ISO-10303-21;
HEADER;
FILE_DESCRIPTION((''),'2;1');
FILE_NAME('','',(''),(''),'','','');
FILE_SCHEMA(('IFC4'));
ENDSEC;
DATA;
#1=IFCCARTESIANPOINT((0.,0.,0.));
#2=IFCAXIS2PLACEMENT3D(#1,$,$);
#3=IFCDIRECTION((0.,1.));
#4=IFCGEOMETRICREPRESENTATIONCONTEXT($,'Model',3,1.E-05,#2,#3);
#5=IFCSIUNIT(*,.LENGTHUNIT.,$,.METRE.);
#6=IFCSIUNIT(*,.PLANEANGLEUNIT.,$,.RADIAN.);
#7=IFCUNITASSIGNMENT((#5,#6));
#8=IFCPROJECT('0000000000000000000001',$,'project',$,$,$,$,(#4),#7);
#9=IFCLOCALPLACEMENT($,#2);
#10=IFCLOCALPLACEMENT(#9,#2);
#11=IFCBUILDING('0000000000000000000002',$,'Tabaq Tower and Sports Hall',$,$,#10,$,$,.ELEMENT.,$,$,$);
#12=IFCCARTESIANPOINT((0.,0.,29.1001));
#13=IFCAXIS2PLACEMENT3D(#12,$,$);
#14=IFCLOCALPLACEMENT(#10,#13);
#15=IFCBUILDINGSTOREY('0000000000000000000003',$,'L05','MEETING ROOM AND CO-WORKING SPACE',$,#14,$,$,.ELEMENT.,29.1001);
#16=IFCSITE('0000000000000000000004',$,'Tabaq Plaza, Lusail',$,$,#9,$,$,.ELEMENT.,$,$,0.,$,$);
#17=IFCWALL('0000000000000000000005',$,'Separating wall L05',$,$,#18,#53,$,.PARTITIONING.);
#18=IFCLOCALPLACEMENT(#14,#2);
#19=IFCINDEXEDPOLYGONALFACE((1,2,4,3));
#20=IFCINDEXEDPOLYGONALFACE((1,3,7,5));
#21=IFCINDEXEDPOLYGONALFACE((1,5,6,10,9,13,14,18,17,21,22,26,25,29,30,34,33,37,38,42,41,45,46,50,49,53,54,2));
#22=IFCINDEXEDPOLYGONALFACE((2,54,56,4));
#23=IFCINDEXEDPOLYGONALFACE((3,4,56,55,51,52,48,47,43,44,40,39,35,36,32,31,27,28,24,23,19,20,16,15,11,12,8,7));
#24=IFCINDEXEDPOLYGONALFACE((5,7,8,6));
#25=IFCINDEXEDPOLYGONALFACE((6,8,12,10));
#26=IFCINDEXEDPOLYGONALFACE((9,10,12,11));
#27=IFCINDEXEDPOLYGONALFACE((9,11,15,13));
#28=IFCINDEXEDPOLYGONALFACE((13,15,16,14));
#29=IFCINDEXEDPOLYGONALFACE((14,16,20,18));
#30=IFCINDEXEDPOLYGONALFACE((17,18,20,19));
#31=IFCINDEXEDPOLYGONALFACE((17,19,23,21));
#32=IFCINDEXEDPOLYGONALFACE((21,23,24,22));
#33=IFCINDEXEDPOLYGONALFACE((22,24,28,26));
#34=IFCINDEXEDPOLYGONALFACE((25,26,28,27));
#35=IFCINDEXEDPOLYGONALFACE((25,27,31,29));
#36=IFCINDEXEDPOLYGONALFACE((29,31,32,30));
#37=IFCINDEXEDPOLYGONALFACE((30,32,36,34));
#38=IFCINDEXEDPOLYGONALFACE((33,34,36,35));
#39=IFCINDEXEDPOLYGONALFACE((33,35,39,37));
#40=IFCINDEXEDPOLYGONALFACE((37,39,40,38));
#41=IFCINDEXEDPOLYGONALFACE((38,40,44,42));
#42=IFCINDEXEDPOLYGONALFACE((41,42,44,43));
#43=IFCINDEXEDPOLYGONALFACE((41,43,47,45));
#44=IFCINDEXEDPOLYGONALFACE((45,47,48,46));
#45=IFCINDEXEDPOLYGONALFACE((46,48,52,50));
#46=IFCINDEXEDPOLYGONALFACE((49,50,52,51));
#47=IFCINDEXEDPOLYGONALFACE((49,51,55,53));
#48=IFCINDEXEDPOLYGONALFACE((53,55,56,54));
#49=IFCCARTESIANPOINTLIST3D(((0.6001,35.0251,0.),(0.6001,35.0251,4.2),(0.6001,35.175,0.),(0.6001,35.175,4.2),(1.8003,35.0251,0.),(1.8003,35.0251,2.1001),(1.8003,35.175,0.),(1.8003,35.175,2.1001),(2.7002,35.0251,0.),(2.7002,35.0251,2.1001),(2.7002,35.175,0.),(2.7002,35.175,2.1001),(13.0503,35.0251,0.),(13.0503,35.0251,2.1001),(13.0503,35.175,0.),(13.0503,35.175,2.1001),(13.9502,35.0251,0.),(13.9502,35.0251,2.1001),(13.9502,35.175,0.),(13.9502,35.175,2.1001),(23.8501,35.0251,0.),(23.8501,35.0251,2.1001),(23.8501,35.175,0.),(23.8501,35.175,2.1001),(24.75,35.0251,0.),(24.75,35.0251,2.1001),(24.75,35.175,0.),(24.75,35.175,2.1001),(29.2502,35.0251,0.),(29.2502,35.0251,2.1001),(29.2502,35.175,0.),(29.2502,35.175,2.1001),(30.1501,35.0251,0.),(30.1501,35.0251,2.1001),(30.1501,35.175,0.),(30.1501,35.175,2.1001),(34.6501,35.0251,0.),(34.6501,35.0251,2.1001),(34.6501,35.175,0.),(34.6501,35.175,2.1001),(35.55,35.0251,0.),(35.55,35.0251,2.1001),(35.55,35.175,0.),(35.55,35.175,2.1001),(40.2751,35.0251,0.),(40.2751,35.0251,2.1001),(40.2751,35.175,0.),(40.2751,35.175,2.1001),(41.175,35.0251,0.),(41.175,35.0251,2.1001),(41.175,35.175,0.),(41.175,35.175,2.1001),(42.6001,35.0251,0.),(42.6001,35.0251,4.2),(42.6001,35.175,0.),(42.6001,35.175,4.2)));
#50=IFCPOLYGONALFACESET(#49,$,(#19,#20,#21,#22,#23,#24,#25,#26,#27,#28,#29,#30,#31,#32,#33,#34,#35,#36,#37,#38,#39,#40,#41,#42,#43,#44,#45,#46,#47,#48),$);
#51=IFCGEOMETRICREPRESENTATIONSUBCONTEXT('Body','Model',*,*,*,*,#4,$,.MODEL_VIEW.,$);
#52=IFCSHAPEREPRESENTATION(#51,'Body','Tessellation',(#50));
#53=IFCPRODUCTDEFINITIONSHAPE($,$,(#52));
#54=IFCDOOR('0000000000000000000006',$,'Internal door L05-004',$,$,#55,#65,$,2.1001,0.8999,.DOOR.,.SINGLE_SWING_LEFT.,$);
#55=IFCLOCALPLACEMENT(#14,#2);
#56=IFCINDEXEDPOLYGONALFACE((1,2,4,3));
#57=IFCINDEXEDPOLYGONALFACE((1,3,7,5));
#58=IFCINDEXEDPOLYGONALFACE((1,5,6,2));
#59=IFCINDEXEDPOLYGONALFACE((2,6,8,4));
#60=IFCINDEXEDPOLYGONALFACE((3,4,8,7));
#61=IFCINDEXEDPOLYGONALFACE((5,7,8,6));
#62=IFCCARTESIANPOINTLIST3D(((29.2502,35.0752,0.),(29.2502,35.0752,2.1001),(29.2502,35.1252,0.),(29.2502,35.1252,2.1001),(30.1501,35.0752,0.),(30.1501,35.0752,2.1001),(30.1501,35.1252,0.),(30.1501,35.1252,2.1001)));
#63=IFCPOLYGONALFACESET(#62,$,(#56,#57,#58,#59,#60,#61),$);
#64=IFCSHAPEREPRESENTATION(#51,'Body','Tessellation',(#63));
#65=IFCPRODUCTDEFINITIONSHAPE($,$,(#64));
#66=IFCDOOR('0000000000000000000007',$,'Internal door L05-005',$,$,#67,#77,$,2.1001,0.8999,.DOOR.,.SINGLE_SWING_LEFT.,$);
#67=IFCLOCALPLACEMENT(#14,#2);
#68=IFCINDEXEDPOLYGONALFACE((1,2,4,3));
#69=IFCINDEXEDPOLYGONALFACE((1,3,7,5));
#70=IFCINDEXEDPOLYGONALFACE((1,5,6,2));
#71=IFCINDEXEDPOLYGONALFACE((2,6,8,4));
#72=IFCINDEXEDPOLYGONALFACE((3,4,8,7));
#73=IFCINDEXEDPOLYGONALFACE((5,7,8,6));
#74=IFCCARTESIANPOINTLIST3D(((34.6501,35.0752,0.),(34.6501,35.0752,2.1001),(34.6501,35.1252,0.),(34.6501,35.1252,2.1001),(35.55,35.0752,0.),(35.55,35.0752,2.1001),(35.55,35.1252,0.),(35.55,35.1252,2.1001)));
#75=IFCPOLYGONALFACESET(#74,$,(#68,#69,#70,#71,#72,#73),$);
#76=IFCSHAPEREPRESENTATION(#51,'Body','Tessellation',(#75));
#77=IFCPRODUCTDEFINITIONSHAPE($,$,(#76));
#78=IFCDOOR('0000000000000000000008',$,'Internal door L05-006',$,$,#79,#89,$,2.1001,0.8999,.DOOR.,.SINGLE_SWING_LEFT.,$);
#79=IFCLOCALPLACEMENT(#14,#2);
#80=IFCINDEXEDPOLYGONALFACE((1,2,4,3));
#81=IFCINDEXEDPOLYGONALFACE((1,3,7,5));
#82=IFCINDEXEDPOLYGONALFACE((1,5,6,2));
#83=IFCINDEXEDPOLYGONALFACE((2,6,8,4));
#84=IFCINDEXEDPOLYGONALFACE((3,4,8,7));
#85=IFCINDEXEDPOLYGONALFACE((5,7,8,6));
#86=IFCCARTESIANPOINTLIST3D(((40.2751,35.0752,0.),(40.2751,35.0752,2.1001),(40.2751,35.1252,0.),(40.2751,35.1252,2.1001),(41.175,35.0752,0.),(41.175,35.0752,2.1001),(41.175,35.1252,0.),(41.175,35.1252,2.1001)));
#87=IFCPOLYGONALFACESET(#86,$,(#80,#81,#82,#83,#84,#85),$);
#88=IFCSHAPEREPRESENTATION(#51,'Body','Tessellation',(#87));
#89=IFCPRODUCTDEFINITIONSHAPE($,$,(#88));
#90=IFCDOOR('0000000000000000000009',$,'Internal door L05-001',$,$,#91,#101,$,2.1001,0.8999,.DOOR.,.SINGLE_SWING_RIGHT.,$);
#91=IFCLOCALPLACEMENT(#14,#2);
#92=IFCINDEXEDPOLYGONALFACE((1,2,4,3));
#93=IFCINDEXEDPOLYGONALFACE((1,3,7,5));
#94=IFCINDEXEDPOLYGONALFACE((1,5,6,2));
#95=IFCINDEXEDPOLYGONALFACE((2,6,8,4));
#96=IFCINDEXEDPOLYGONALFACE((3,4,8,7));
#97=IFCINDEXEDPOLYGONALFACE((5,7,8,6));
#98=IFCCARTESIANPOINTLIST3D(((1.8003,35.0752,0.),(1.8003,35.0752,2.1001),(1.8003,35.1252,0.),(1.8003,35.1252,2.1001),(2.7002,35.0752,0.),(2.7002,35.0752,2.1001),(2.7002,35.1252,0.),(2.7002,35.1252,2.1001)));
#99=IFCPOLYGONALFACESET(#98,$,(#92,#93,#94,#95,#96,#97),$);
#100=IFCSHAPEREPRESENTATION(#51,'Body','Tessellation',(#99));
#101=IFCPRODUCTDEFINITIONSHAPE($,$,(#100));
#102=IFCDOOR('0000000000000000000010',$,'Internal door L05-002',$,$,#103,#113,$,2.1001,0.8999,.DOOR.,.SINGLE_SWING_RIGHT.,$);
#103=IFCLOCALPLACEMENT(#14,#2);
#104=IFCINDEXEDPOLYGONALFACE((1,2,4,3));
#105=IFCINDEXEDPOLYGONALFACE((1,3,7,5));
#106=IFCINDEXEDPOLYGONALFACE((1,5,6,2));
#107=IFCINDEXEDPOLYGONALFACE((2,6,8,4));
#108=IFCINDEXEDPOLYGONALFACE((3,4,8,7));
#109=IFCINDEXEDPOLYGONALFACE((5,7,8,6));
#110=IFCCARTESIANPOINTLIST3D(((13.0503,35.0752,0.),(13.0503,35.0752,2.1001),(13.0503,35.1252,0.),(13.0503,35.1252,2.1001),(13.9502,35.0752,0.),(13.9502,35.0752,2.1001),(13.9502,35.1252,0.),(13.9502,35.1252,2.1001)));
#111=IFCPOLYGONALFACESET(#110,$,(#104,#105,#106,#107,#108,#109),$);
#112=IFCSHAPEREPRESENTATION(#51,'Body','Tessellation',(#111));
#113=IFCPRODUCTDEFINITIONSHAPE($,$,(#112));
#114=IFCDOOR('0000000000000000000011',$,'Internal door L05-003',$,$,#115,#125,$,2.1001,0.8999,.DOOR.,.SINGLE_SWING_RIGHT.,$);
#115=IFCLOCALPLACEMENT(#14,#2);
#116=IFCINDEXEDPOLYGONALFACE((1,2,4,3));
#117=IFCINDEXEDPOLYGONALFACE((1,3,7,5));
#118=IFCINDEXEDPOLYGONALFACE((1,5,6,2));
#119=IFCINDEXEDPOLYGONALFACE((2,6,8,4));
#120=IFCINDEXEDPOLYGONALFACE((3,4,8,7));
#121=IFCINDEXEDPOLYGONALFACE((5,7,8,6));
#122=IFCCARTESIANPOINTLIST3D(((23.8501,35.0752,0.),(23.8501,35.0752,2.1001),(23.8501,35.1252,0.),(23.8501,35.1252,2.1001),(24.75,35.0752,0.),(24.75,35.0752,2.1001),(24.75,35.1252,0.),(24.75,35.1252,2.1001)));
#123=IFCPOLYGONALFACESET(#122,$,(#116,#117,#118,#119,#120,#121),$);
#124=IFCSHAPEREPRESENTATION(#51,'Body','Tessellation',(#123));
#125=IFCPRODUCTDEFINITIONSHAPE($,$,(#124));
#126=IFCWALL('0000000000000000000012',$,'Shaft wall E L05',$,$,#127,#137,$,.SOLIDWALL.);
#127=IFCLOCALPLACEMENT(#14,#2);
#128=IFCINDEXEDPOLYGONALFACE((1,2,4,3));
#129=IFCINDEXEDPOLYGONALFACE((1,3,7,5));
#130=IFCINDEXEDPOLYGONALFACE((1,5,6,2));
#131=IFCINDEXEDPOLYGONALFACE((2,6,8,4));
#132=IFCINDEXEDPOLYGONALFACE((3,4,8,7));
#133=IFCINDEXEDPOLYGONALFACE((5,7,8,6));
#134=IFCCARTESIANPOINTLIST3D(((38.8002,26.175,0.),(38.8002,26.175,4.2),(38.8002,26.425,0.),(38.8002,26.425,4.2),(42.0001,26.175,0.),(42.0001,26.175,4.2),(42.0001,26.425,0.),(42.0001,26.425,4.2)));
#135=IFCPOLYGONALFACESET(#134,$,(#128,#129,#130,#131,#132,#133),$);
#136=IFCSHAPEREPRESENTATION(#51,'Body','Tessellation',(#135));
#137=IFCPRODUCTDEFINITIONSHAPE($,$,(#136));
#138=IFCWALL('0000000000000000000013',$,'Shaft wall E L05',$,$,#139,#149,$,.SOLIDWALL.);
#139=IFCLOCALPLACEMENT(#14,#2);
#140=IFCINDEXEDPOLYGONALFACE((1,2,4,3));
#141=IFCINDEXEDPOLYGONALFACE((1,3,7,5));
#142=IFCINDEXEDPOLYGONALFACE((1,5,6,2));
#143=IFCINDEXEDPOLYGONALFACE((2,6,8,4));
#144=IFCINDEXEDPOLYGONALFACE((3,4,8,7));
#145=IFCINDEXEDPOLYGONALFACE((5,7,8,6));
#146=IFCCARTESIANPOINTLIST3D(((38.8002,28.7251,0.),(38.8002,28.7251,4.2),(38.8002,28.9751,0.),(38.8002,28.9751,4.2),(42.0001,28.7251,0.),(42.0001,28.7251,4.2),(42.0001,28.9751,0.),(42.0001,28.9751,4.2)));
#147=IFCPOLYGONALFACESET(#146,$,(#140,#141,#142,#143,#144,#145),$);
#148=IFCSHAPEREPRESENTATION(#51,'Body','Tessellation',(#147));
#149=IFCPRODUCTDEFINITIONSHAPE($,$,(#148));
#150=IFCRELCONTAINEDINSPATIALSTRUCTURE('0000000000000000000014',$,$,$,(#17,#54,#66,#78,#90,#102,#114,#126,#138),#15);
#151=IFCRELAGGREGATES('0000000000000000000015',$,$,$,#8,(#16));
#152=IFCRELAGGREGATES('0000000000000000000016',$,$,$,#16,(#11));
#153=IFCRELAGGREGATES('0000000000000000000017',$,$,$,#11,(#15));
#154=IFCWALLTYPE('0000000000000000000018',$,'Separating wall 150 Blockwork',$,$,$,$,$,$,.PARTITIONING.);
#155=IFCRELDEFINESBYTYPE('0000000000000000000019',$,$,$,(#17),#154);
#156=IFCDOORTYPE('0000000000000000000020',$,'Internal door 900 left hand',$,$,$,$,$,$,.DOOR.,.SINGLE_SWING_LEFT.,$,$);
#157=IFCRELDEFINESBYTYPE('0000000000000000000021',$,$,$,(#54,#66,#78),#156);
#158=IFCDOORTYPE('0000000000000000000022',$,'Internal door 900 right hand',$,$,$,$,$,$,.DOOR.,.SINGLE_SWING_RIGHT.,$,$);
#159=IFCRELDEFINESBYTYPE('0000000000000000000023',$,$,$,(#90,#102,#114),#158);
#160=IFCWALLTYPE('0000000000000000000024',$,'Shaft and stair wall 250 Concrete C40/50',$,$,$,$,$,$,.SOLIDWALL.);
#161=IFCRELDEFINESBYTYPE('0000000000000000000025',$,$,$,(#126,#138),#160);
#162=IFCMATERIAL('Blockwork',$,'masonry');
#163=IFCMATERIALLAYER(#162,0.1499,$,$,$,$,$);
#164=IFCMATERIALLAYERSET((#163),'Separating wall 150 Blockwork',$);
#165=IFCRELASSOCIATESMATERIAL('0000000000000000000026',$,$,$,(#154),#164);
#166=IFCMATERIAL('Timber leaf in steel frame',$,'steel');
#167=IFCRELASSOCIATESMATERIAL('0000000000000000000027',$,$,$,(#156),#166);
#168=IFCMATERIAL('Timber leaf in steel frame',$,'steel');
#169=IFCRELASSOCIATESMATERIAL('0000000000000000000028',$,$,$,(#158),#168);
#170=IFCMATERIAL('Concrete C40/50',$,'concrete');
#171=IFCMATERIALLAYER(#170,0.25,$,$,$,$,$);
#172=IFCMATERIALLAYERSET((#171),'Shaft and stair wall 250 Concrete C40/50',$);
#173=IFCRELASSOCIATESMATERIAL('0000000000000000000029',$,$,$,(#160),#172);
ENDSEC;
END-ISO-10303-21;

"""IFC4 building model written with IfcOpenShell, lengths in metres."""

from ifc_helpers import new_model, si_unit, direction, frame, frame_2d, origin, place, context, subcontext, project, spatial, rectangle, extrude, material, layer, layer_set, type_object, element, fill, save


model = new_model("IFC4")

# Units and contexts
model_context = context("Model", 3, precision=1e-05, world=origin(), true_north=direction((0.0, 1.0)))
body_context = subcontext(model_context, "Body", "Model", "MODEL_VIEW")
ifc_project = project(units=[si_unit("LENGTHUNIT", "METRE"), si_unit("PLANEANGLEUNIT", "RADIAN")], contexts=[model_context])

# Site, building, storey
site_placement = place(None, origin())
site = spatial("IfcSite", under=ifc_project, at=site_placement, Name="Tabaq Plaza, Lusail", CompositionType="ELEMENT", RefElevation=0.0)
building_placement = place(site_placement, origin())
building = spatial("IfcBuilding", under=site, at=building_placement, Name="Tabaq Tower and Sports Hall", CompositionType="ELEMENT")
storey_placement = place(building_placement, frame((0.0, 0.0, 29.1001)))
storey = spatial("IfcBuildingStorey", under=building, at=storey_placement, Name="L05", Description="MEETING ROOM AND CO-WORKING SPACE", CompositionType="ELEMENT", Elevation=29.1001)

# Wall, openings, doors
ifc_material_1 = material(Name="Blockwork", Category="masonry")
ifc_layer_1 = layer(ifc_material_1, 0.1499)
ifc_layer_set_1 = layer_set([ifc_layer_1], Name="Separating wall 150 Blockwork")
wall_type_1 = type_object("IfcWallType", Name="Separating wall 150 Blockwork", PredefinedType="PARTITIONING", material=ifc_layer_set_1)
wall_1_placement = place(storey_placement, frame((42.6001, 35.1001, 0.0), z_axis=(0.0, 0.0, 1.0), x_axis=(-1.0, 0.0, 0.0)))
wall_1 = element("IfcWall", 1, at=wall_1_placement, inside=storey, type_object=wall_type_1, Name="Separating wall L05", PredefinedType="PARTITIONING", context=body_context, shape_type="SweptSolid", body=[
    extrude(rectangle(XDim=42.0, YDim=0.1499, at=frame_2d((21.0, 0.0))), origin(), (0.0, 0.0, 1.0), 4.2),
])
opening_1_placement = place(wall_1_placement, frame((39.8999, 0.0, 0.0)))
opening_1 = element("IfcOpeningElement", 2, at=opening_1_placement, cuts=wall_1, PredefinedType="OPENING", context=body_context, shape_type="SweptSolid", body=[
    extrude(rectangle(XDim=0.8999, YDim=2.1001, at=frame_2d((0.45, 1.05))), frame((0.0, 0.075, 0.0), z_axis=(0.0, -1.0, 0.0), x_axis=(1.0, 0.0, 0.0)), (0.0, 0.0, 1.0), 0.1499),
])
opening_2_placement = place(wall_1_placement, frame((28.6499, 0.0, 0.0)))
opening_2 = element("IfcOpeningElement", 3, at=opening_2_placement, cuts=wall_1, PredefinedType="OPENING", context=body_context, shape_type="SweptSolid", body=[
    extrude(rectangle(XDim=0.8999, YDim=2.1001, at=frame_2d((0.45, 1.05))), frame((0.0, 0.075, 0.0), z_axis=(0.0, -1.0, 0.0), x_axis=(1.0, 0.0, 0.0)), (0.0, 0.0, 1.0), 0.1499),
])
opening_3_placement = place(wall_1_placement, frame((17.8501, 0.0, 0.0)))
opening_3 = element("IfcOpeningElement", 4, at=opening_3_placement, cuts=wall_1, PredefinedType="OPENING", context=body_context, shape_type="SweptSolid", body=[
    extrude(rectangle(XDim=0.8999, YDim=2.1001, at=frame_2d((0.45, 1.05))), frame((0.0, 0.075, 0.0), z_axis=(0.0, -1.0, 0.0), x_axis=(1.0, 0.0, 0.0)), (0.0, 0.0, 1.0), 0.1499),
])
opening_4_placement = place(wall_1_placement, frame((12.45, 0.0, 0.0)))
opening_4 = element("IfcOpeningElement", 5, at=opening_4_placement, cuts=wall_1, PredefinedType="OPENING", context=body_context, shape_type="SweptSolid", body=[
    extrude(rectangle(XDim=0.8999, YDim=2.1001, at=frame_2d((0.45, 1.05))), frame((0.0, 0.075, 0.0), z_axis=(0.0, -1.0, 0.0), x_axis=(1.0, 0.0, 0.0)), (0.0, 0.0, 1.0), 0.1499),
])
opening_5_placement = place(wall_1_placement, frame((7.05, 0.0, 0.0)))
opening_5 = element("IfcOpeningElement", 6, at=opening_5_placement, cuts=wall_1, PredefinedType="OPENING", context=body_context, shape_type="SweptSolid", body=[
    extrude(rectangle(XDim=0.8999, YDim=2.1001, at=frame_2d((0.45, 1.05))), frame((0.0, 0.075, 0.0), z_axis=(0.0, -1.0, 0.0), x_axis=(1.0, 0.0, 0.0)), (0.0, 0.0, 1.0), 0.1499),
])
opening_6_placement = place(wall_1_placement, frame((1.425, 0.0, 0.0)))
opening_6 = element("IfcOpeningElement", 7, at=opening_6_placement, cuts=wall_1, PredefinedType="OPENING", context=body_context, shape_type="SweptSolid", body=[
    extrude(rectangle(XDim=0.8999, YDim=2.1001, at=frame_2d((0.45, 1.05))), frame((0.0, 0.075, 0.0), z_axis=(0.0, -1.0, 0.0), x_axis=(1.0, 0.0, 0.0)), (0.0, 0.0, 1.0), 0.1499),
])
ifc_material_2 = material(Name="Timber leaf in steel frame", Category="steel")
door_type_1 = type_object("IfcDoorType", Name="Internal door 900 left hand", OperationType="SINGLE_SWING_LEFT", PredefinedType="DOOR", material=ifc_material_2)
door_1_placement = place(opening_4_placement, origin())
door_1 = element("IfcDoor", 8, at=door_1_placement, inside=storey, type_object=door_type_1, Name="Internal door L05-004", OperationType="SINGLE_SWING_LEFT", OverallHeight=2.1001, OverallWidth=0.8999, PredefinedType="DOOR", context=body_context, shape_type="SweptSolid", body=[
    extrude(rectangle(XDim=0.8999, YDim=2.1001, at=frame_2d((0.45, 1.05))), frame((0.0, 0.0249, 0.0), z_axis=(0.0, -1.0, 0.0), x_axis=(1.0, 0.0, 0.0)), (0.0, 0.0, 1.0), 0.05),
])
fill(opening_4, door_1)
door_2_placement = place(opening_5_placement, origin())
door_2 = element("IfcDoor", 9, at=door_2_placement, inside=storey, type_object=door_type_1, Name="Internal door L05-005", OperationType="SINGLE_SWING_LEFT", OverallHeight=2.1001, OverallWidth=0.8999, PredefinedType="DOOR", context=body_context, shape_type="SweptSolid", body=[
    extrude(rectangle(XDim=0.8999, YDim=2.1001, at=frame_2d((0.45, 1.05))), frame((0.0, 0.0249, 0.0), z_axis=(0.0, -1.0, 0.0), x_axis=(1.0, 0.0, 0.0)), (0.0, 0.0, 1.0), 0.05),
])
fill(opening_5, door_2)
door_3_placement = place(opening_6_placement, origin())
door_3 = element("IfcDoor", 10, at=door_3_placement, inside=storey, type_object=door_type_1, Name="Internal door L05-006", OperationType="SINGLE_SWING_LEFT", OverallHeight=2.1001, OverallWidth=0.8999, PredefinedType="DOOR", context=body_context, shape_type="SweptSolid", body=[
    extrude(rectangle(XDim=0.8999, YDim=2.1001, at=frame_2d((0.45, 1.05))), frame((0.0, 0.0249, 0.0), z_axis=(0.0, -1.0, 0.0), x_axis=(1.0, 0.0, 0.0)), (0.0, 0.0, 1.0), 0.05),
])
fill(opening_6, door_3)
ifc_material_3 = material(Name="Timber leaf in steel frame", Category="steel")
door_type_2 = type_object("IfcDoorType", Name="Internal door 900 right hand", OperationType="SINGLE_SWING_RIGHT", PredefinedType="DOOR", material=ifc_material_3)
door_4_placement = place(opening_1_placement, origin())
door_4 = element("IfcDoor", 11, at=door_4_placement, inside=storey, type_object=door_type_2, Name="Internal door L05-001", OperationType="SINGLE_SWING_RIGHT", OverallHeight=2.1001, OverallWidth=0.8999, PredefinedType="DOOR", context=body_context, shape_type="SweptSolid", body=[
    extrude(rectangle(XDim=0.8999, YDim=2.1001, at=frame_2d((0.45, 1.05))), frame((0.0, 0.0249, 0.0), z_axis=(0.0, -1.0, 0.0), x_axis=(1.0, 0.0, 0.0)), (0.0, 0.0, 1.0), 0.05),
])
fill(opening_1, door_4)
door_5_placement = place(opening_2_placement, origin())
door_5 = element("IfcDoor", 12, at=door_5_placement, inside=storey, type_object=door_type_2, Name="Internal door L05-002", OperationType="SINGLE_SWING_RIGHT", OverallHeight=2.1001, OverallWidth=0.8999, PredefinedType="DOOR", context=body_context, shape_type="SweptSolid", body=[
    extrude(rectangle(XDim=0.8999, YDim=2.1001, at=frame_2d((0.45, 1.05))), frame((0.0, 0.0249, 0.0), z_axis=(0.0, -1.0, 0.0), x_axis=(1.0, 0.0, 0.0)), (0.0, 0.0, 1.0), 0.05),
])
fill(opening_2, door_5)
door_6_placement = place(opening_3_placement, origin())
door_6 = element("IfcDoor", 13, at=door_6_placement, inside=storey, type_object=door_type_2, Name="Internal door L05-003", OperationType="SINGLE_SWING_RIGHT", OverallHeight=2.1001, OverallWidth=0.8999, PredefinedType="DOOR", context=body_context, shape_type="SweptSolid", body=[
    extrude(rectangle(XDim=0.8999, YDim=2.1001, at=frame_2d((0.45, 1.05))), frame((0.0, 0.0249, 0.0), z_axis=(0.0, -1.0, 0.0), x_axis=(1.0, 0.0, 0.0)), (0.0, 0.0, 1.0), 0.05),
])
fill(opening_3, door_6)

# Walls
ifc_material_4 = material(Name="Concrete C40/50", Category="concrete")
ifc_layer_2 = layer(ifc_material_4, 0.25)
ifc_layer_set_2 = layer_set([ifc_layer_2], Name="Shaft and stair wall 250 Concrete C40/50")
wall_type_2 = type_object("IfcWallType", Name="Shaft and stair wall 250 Concrete C40/50", PredefinedType="SOLIDWALL", material=ifc_layer_set_2)
for number, where, z_axis, x_axis, name in (
    (14, (38.8, 26.3, 0.0), (0.0, 0.0, 1.0), (1.0, 0.0, 0.0), "Shaft wall E L05"),
    (15, (38.8, 28.8501, 0.0), (0.0, 0.0, 1.0), (1.0, 0.0, 0.0), "Shaft wall E L05"),
):
    element("IfcWall", number, at=place(storey_placement, frame(where, z_axis=z_axis, x_axis=x_axis)), inside=storey, type_object=wall_type_2, Name=name, PredefinedType="SOLIDWALL", context=body_context, shape_type="SweptSolid", body=[
        extrude(rectangle(XDim=3.2, YDim=0.25, at=frame_2d((1.6001, 0.0))), origin(), (0.0, 0.0, 1.0), 4.2),
    ])

save(model, "model.ifc")
